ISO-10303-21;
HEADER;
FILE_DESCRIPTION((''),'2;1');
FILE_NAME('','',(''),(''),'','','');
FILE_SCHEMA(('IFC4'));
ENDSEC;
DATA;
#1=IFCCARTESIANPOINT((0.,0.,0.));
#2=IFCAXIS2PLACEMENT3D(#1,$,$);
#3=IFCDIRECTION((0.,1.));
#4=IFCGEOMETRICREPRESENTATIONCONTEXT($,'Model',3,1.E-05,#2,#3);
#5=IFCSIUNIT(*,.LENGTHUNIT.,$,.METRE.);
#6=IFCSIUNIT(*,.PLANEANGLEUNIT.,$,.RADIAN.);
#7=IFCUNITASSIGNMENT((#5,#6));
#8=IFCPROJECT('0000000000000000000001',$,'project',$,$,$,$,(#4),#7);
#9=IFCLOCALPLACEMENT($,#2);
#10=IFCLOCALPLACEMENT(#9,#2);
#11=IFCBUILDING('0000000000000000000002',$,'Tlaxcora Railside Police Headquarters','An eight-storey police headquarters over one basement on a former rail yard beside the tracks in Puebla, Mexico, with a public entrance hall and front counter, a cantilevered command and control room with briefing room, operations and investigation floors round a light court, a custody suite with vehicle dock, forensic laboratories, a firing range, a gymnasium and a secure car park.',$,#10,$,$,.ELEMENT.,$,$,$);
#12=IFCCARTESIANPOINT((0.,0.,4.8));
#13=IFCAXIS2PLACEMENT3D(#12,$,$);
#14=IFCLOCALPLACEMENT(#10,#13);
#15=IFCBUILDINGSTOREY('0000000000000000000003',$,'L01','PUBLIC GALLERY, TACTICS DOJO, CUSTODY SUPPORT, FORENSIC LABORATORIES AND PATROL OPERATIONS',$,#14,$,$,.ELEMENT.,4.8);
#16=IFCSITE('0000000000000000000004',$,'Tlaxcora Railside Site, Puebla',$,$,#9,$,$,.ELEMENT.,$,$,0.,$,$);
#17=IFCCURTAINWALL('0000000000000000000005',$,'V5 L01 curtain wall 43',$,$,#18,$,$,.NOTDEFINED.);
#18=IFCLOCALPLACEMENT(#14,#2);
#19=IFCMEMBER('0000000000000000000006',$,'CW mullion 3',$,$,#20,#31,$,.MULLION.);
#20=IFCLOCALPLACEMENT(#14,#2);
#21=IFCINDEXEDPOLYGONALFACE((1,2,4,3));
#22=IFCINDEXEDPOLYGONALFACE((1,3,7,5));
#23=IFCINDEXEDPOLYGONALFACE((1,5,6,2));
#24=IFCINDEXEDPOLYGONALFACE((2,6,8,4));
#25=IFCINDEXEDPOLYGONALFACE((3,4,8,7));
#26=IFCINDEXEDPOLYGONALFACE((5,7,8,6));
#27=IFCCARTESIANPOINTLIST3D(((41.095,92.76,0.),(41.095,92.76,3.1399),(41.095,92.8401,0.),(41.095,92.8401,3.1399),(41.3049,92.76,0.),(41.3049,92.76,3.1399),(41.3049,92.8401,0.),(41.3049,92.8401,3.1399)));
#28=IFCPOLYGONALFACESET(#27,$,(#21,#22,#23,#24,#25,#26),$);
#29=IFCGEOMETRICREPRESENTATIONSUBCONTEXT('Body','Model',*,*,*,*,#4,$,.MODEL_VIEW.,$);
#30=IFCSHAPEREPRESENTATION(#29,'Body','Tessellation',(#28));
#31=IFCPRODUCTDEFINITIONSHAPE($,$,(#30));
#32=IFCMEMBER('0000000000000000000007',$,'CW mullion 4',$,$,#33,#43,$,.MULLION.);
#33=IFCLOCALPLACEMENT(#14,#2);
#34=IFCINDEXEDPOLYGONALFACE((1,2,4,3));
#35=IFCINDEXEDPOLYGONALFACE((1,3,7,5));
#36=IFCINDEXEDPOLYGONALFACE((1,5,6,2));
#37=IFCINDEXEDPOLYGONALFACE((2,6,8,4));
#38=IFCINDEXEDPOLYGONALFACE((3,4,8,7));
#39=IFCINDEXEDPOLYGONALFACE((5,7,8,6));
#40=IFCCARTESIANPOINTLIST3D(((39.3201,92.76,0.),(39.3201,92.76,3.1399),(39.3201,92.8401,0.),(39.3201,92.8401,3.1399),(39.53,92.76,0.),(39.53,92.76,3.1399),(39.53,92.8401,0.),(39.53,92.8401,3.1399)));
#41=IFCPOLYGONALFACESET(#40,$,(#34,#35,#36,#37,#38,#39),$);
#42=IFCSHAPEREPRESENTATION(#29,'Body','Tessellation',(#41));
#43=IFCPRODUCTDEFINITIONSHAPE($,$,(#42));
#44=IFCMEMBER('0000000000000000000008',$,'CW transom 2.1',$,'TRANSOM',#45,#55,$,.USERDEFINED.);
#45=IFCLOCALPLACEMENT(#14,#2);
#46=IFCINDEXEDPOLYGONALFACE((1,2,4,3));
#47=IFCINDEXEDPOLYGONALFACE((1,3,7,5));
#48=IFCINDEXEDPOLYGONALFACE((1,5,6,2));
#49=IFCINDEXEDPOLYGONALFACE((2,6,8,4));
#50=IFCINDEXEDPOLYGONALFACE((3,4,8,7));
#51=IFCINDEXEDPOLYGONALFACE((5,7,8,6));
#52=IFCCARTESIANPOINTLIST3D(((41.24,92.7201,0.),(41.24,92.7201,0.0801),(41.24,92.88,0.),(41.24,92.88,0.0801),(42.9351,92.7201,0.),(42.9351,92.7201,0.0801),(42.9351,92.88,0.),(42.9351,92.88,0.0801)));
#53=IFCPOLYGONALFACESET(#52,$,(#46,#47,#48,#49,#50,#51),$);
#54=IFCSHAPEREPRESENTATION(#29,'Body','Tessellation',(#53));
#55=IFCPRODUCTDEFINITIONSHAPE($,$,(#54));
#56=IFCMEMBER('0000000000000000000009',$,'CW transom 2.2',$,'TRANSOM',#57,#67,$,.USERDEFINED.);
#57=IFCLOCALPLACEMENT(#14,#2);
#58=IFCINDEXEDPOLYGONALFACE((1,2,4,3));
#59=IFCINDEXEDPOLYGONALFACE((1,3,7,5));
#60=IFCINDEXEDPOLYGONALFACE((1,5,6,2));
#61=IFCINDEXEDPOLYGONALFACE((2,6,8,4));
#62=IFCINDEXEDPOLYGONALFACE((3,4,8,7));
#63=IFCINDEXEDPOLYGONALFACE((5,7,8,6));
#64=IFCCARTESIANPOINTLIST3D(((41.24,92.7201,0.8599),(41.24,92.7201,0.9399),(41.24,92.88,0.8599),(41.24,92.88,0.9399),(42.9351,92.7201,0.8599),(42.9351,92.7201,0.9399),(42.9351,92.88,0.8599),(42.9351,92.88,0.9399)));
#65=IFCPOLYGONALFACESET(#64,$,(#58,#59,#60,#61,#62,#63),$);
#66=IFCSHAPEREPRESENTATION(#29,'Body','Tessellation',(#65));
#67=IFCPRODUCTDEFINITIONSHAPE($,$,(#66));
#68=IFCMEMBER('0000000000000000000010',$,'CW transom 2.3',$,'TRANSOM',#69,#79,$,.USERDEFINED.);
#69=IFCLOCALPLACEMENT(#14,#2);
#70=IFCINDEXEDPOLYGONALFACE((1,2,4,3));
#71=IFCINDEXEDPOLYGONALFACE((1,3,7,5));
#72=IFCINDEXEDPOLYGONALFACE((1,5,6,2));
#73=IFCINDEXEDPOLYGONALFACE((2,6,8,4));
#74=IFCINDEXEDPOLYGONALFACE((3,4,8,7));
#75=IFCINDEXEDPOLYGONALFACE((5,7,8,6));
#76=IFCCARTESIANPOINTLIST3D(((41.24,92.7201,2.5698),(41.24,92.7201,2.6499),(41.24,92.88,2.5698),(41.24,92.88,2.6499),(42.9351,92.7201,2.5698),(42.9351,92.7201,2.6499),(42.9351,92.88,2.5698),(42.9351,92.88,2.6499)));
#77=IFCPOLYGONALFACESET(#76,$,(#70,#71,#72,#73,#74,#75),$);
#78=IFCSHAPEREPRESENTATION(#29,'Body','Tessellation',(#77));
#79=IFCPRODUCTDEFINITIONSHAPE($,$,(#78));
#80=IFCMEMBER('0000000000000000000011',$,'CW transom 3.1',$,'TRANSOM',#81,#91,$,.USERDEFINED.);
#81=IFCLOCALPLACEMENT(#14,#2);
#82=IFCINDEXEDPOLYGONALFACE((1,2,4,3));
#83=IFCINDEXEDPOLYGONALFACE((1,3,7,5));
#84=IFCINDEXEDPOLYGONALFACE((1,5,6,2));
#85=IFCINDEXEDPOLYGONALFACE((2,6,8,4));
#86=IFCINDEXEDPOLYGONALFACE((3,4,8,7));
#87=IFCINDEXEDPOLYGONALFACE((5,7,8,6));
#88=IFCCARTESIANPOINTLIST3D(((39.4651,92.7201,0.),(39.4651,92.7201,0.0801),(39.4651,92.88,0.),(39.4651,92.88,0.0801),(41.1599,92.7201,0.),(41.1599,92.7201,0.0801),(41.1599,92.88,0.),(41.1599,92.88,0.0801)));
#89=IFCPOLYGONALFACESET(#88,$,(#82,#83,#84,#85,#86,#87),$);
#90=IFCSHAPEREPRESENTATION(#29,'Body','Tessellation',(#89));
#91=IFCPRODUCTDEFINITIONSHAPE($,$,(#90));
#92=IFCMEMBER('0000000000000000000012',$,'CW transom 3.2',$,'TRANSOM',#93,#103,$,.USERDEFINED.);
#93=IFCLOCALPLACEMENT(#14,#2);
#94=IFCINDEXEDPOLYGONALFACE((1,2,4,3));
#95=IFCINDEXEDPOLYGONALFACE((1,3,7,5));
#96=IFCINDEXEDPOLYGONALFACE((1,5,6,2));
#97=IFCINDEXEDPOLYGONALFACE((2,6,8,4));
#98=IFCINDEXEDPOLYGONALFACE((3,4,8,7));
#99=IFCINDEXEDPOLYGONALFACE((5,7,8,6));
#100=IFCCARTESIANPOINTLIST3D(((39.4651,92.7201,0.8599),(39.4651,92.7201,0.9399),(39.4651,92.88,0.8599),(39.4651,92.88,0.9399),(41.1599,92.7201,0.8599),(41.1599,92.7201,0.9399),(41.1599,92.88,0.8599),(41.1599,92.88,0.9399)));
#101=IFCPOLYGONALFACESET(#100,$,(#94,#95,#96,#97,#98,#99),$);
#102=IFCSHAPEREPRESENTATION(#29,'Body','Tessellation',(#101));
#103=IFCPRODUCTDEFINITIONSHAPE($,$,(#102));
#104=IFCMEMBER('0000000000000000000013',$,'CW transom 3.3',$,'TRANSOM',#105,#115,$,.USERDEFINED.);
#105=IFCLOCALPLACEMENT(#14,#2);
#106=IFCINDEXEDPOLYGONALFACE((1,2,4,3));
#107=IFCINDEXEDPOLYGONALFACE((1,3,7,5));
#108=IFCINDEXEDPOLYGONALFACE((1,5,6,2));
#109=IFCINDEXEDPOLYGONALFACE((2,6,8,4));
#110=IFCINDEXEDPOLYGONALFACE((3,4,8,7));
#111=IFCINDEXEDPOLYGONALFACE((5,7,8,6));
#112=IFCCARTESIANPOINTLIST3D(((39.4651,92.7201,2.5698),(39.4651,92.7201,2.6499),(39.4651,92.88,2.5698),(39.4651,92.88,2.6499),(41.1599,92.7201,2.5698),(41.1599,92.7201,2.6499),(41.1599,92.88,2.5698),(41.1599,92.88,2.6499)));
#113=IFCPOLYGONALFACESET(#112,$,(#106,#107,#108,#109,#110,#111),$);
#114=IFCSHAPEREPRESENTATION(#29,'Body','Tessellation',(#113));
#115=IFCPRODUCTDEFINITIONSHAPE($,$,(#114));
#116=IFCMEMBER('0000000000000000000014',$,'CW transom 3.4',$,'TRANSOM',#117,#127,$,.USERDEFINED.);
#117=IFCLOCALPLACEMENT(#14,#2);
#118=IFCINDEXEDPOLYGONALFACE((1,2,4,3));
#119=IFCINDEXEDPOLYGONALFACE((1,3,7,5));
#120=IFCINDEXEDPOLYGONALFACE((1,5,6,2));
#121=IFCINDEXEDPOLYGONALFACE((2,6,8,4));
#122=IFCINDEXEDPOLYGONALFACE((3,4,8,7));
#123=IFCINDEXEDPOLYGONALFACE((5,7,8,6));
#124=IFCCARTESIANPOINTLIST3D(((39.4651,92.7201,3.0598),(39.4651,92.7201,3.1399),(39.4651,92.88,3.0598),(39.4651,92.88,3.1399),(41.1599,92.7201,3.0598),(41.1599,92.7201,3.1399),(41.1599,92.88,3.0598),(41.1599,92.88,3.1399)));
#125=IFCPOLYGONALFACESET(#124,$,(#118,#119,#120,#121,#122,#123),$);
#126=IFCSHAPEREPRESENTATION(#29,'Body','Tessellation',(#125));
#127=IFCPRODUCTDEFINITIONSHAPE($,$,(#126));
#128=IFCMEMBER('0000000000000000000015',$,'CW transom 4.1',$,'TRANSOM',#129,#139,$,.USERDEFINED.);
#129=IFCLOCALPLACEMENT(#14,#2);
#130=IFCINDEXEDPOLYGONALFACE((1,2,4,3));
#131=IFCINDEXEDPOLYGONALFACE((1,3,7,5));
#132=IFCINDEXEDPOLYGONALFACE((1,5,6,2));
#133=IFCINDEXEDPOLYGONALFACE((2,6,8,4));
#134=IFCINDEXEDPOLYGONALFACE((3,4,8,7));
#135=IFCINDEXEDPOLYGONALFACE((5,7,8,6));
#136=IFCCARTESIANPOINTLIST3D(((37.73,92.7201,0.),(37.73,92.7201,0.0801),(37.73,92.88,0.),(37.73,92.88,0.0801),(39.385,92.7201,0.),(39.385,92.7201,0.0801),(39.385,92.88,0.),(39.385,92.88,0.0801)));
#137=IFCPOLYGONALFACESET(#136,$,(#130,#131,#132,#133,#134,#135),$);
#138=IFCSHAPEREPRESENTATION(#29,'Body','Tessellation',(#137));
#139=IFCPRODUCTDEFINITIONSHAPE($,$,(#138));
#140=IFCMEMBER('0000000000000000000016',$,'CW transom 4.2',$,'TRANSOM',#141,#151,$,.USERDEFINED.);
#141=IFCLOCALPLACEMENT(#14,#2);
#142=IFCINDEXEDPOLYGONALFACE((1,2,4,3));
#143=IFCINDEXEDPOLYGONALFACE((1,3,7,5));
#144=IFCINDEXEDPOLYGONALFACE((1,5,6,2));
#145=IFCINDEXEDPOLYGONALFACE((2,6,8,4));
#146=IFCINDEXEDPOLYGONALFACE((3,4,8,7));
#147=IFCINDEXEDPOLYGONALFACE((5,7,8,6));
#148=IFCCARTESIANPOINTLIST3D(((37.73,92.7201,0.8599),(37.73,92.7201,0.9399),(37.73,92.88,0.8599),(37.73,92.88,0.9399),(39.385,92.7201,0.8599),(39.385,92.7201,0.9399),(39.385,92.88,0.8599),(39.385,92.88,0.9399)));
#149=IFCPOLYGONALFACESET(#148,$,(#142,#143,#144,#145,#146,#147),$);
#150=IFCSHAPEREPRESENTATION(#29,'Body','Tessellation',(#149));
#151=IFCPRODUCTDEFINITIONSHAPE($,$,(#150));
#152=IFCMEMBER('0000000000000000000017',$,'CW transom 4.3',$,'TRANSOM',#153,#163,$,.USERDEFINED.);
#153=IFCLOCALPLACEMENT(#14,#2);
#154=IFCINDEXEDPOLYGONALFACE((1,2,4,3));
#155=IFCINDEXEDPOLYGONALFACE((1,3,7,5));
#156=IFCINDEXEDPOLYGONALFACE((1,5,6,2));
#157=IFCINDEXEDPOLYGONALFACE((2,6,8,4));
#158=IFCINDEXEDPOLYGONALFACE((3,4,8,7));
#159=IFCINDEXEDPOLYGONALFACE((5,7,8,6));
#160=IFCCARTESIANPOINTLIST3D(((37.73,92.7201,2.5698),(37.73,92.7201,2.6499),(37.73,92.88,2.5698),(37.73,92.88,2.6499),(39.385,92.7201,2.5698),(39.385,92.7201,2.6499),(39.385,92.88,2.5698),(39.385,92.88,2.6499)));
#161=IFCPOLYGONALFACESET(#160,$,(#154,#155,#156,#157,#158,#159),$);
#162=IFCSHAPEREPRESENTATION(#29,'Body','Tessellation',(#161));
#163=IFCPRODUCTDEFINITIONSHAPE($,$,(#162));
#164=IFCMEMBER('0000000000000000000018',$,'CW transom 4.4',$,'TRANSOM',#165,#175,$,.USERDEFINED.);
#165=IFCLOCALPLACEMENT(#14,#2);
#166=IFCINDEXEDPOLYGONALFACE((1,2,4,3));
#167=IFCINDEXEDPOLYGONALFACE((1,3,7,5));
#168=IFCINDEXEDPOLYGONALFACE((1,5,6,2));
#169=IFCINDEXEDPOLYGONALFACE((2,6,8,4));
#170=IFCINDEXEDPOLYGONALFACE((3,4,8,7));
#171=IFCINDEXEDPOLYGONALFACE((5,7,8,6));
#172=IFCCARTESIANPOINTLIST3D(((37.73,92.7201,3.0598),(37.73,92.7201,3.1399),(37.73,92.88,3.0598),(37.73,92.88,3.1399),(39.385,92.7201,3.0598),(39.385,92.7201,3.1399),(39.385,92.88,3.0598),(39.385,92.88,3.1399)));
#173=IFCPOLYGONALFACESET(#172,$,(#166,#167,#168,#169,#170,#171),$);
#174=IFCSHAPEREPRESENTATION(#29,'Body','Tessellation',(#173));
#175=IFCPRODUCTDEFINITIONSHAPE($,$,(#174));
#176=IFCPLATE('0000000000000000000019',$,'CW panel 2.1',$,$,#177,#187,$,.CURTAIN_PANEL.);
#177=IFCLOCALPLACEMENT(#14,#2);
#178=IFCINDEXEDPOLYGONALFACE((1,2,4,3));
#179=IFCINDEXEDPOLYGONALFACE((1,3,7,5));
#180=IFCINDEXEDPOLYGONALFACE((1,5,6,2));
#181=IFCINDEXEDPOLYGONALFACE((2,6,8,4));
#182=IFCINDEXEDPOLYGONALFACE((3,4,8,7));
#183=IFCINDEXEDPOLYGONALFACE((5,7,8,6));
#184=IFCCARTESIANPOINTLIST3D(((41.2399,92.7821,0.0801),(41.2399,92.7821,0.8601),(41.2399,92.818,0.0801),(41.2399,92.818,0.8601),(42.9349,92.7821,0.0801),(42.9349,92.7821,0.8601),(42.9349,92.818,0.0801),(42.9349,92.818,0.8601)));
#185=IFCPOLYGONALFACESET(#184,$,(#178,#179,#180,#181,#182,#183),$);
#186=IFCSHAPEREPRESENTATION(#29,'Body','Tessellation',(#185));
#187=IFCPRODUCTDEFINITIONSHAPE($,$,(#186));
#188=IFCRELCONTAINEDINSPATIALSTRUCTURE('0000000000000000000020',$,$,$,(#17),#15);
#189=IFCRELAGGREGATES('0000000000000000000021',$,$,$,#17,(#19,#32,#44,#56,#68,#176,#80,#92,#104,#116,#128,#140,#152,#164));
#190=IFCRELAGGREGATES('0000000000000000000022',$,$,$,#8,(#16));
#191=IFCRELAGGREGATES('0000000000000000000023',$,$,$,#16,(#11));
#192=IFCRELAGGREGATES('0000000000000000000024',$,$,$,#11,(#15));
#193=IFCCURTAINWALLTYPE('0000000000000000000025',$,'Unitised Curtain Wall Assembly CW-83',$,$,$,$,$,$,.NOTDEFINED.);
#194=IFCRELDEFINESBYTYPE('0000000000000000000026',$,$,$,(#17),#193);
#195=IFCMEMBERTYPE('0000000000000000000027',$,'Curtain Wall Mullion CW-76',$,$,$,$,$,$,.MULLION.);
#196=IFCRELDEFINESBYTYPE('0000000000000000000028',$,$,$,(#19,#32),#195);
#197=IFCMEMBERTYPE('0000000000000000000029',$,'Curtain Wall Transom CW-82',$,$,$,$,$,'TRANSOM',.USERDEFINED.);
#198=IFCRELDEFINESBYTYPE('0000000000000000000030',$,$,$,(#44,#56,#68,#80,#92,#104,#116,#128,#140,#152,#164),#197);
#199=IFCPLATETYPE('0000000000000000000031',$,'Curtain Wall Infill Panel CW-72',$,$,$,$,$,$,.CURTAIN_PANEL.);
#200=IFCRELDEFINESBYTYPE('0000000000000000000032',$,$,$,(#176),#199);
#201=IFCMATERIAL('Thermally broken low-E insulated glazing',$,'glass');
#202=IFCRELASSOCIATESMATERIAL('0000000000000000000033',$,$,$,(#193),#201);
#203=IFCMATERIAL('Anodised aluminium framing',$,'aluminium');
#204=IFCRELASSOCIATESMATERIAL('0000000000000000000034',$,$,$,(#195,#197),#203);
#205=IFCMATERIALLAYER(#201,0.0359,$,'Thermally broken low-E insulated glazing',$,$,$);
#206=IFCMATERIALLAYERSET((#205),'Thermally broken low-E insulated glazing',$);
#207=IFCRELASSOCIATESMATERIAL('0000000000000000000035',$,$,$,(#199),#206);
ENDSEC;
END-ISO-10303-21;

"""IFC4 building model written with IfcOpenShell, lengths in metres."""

from ifc_helpers import new_model, si_unit, direction, frame, origin, origin_2d, place, context, subcontext, project, spatial, rectangle, extrude, material, layer, layer_set, material_profile, profile_set, type_object, element, aggregate, save


model = new_model("IFC4")

# Units and contexts
model_context = context("Model", 3, precision=1e-05, world=origin(), true_north=direction((0.0, 1.0)))
body_context = subcontext(model_context, "Body", "Model", "MODEL_VIEW")
ifc_project = project(units=[si_unit("LENGTHUNIT", "METRE"), si_unit("PLANEANGLEUNIT", "RADIAN")], contexts=[model_context])

# Site, building, storey
site_placement = place(None, origin())
site = spatial("IfcSite", under=ifc_project, at=site_placement, Name="Tlaxcora Railside Site, Puebla", CompositionType="ELEMENT", RefElevation=0.0)
building_placement = place(site_placement, origin())
building = spatial("IfcBuilding", under=site, at=building_placement, Name="Tlaxcora Railside Police Headquarters", Description="An eight-storey police headquarters over one basement on a former rail yard beside the tracks in Puebla, Mexico, with a public entrance hall and front counter, a cantilevered command and control room with briefing room, operations and investigation floors round a light court, a custody suite with vehicle dock, forensic laboratories, a firing range, a gymnasium and a secure car park.", CompositionType="ELEMENT")
storey_placement = place(building_placement, frame((0.0, 0.0, 4.8)))
storey = spatial("IfcBuildingStorey", under=building, at=storey_placement, Name="L01", Description="PUBLIC GALLERY, TACTICS DOJO, CUSTODY SUPPORT, FORENSIC LABORATORIES AND PATROL OPERATIONS", CompositionType="ELEMENT", Elevation=4.8)

# Curtain wall, members, plate
ifc_material_1 = material(Name="Thermally broken low-E insulated glazing", Category="glass")
curtain_wall_type = type_object("IfcCurtainWallType", Name="Unitised Curtain Wall Assembly CW-83", PredefinedType="NOTDEFINED", material=ifc_material_1)
curtain_wall_placement = place(storey_placement, origin())
curtain_wall = element("IfcCurtainWall", 1, at=curtain_wall_placement, inside=storey, type_object=curtain_wall_type, Name="V5 L01 curtain wall 43", PredefinedType="NOTDEFINED")
ifc_material_2 = material(Name="Anodised aluminium framing", Category="aluminium")
ifc_material_profile_1 = material_profile(ifc_material_2, rectangle(XDim=0.0801, YDim=0.21, at=origin_2d()), Name="AL80X210")
ifc_profile_set_1 = profile_set([ifc_material_profile_1], Name="Anodised aluminium framing")
member_type_1 = type_object("IfcMemberType", Name="Curtain Wall Mullion CW-76", PredefinedType="MULLION", material=ifc_profile_set_1)
member_1_placement = place(storey_placement, frame((41.2, 92.8, 0.0), z_axis=(0.0, 0.0, 1.0), x_axis=(0.0, -1.0, 0.0)))
member_1 = element("IfcMember", 2, at=member_1_placement, type_object=member_type_1, Name="CW mullion 3", PredefinedType="MULLION", context=body_context, shape_type="SweptSolid", body=[
    extrude(rectangle(XDim=0.0801, YDim=0.21, at=origin_2d()), origin(), (0.0, 0.0, 1.0), 3.1399),
])
member_2_placement = place(storey_placement, frame((39.425, 92.8, 0.0), z_axis=(0.0, 0.0, 1.0), x_axis=(0.0, -1.0, 0.0)))
member_2 = element("IfcMember", 3, at=member_2_placement, type_object=member_type_1, Name="CW mullion 4", PredefinedType="MULLION", context=body_context, shape_type="SweptSolid", body=[
    extrude(rectangle(XDim=0.0801, YDim=0.21, at=origin_2d()), origin(), (0.0, 0.0, 1.0), 3.1399),
])
ifc_material_profile_2 = material_profile(ifc_material_2, rectangle(XDim=0.1599, YDim=0.0801, at=origin_2d()), Name="AL80X160")
ifc_profile_set_2 = profile_set([ifc_material_profile_2], Name="Anodised aluminium framing")
member_type_2 = type_object("IfcMemberType", Name="Curtain Wall Transom CW-82", ElementType="TRANSOM", PredefinedType="USERDEFINED", material=ifc_profile_set_2)
member_3_placement = place(storey_placement, frame((42.9351, 92.8, 0.04), z_axis=(-1.0, 0.0, 0.0), x_axis=(0.0, -1.0, 0.0)))
member_3 = element("IfcMember", 4, at=member_3_placement, type_object=member_type_2, Name="CW transom 2.1", ObjectType="TRANSOM", PredefinedType="USERDEFINED", context=body_context, shape_type="SweptSolid", body=[
    extrude(rectangle(XDim=0.1599, YDim=0.0801, at=origin_2d()), origin(), (0.0, 0.0, 1.0), 1.6951),
])
member_4_placement = place(storey_placement, frame((42.9351, 92.8, 0.8999), z_axis=(-1.0, 0.0, 0.0), x_axis=(0.0, -1.0, 0.0)))
member_4 = element("IfcMember", 5, at=member_4_placement, type_object=member_type_2, Name="CW transom 2.2", ObjectType="TRANSOM", PredefinedType="USERDEFINED", context=body_context, shape_type="SweptSolid", body=[
    extrude(rectangle(XDim=0.1599, YDim=0.0801, at=origin_2d()), origin(), (0.0, 0.0, 1.0), 1.6951),
])
member_5_placement = place(storey_placement, frame((42.9351, 92.8, 2.6099), z_axis=(-1.0, 0.0, 0.0), x_axis=(0.0, -1.0, 0.0)))
member_5 = element("IfcMember", 6, at=member_5_placement, type_object=member_type_2, Name="CW transom 2.3", ObjectType="TRANSOM", PredefinedType="USERDEFINED", context=body_context, shape_type="SweptSolid", body=[
    extrude(rectangle(XDim=0.1599, YDim=0.0801, at=origin_2d()), origin(), (0.0, 0.0, 1.0), 1.6951),
])
member_6_placement = place(storey_placement, frame((41.1599, 92.8, 0.04), z_axis=(-1.0, 0.0, 0.0), x_axis=(0.0, -1.0, 0.0)))
member_6 = element("IfcMember", 7, at=member_6_placement, type_object=member_type_2, Name="CW transom 3.1", ObjectType="TRANSOM", PredefinedType="USERDEFINED", context=body_context, shape_type="SweptSolid", body=[
    extrude(rectangle(XDim=0.1599, YDim=0.0801, at=origin_2d()), origin(), (0.0, 0.0, 1.0), 1.6948),
])
member_7_placement = place(storey_placement, frame((41.1599, 92.8, 0.8999), z_axis=(-1.0, 0.0, 0.0), x_axis=(0.0, -1.0, 0.0)))
member_7 = element("IfcMember", 8, at=member_7_placement, type_object=member_type_2, Name="CW transom 3.2", ObjectType="TRANSOM", PredefinedType="USERDEFINED", context=body_context, shape_type="SweptSolid", body=[
    extrude(rectangle(XDim=0.1599, YDim=0.0801, at=origin_2d()), origin(), (0.0, 0.0, 1.0), 1.6948),
])
member_8_placement = place(storey_placement, frame((41.1599, 92.8, 2.6099), z_axis=(-1.0, 0.0, 0.0), x_axis=(0.0, -1.0, 0.0)))
member_8 = element("IfcMember", 9, at=member_8_placement, type_object=member_type_2, Name="CW transom 3.3", ObjectType="TRANSOM", PredefinedType="USERDEFINED", context=body_context, shape_type="SweptSolid", body=[
    extrude(rectangle(XDim=0.1599, YDim=0.0801, at=origin_2d()), origin(), (0.0, 0.0, 1.0), 1.6948),
])
member_9_placement = place(storey_placement, frame((41.1599, 92.8, 3.0999), z_axis=(-1.0, 0.0, 0.0), x_axis=(0.0, -1.0, 0.0)))
member_9 = element("IfcMember", 10, at=member_9_placement, type_object=member_type_2, Name="CW transom 3.4", ObjectType="TRANSOM", PredefinedType="USERDEFINED", context=body_context, shape_type="SweptSolid", body=[
    extrude(rectangle(XDim=0.1599, YDim=0.0801, at=origin_2d()), origin(), (0.0, 0.0, 1.0), 1.6948),
])
member_10_placement = place(storey_placement, frame((39.385, 92.8, 0.04), z_axis=(-1.0, 0.0, 0.0), x_axis=(0.0, -1.0, 0.0)))
member_10 = element("IfcMember", 11, at=member_10_placement, type_object=member_type_2, Name="CW transom 4.1", ObjectType="TRANSOM", PredefinedType="USERDEFINED", context=body_context, shape_type="SweptSolid", body=[
    extrude(rectangle(XDim=0.1599, YDim=0.0801, at=origin_2d()), origin(), (0.0, 0.0, 1.0), 1.655),
])
member_11_placement = place(storey_placement, frame((39.385, 92.8, 0.8999), z_axis=(-1.0, 0.0, 0.0), x_axis=(0.0, -1.0, 0.0)))
member_11 = element("IfcMember", 12, at=member_11_placement, type_object=member_type_2, Name="CW transom 4.2", ObjectType="TRANSOM", PredefinedType="USERDEFINED", context=body_context, shape_type="SweptSolid", body=[
    extrude(rectangle(XDim=0.1599, YDim=0.0801, at=origin_2d()), origin(), (0.0, 0.0, 1.0), 1.655),
])
member_12_placement = place(storey_placement, frame((39.385, 92.8, 2.6099), z_axis=(-1.0, 0.0, 0.0), x_axis=(0.0, -1.0, 0.0)))
member_12 = element("IfcMember", 13, at=member_12_placement, type_object=member_type_2, Name="CW transom 4.3", ObjectType="TRANSOM", PredefinedType="USERDEFINED", context=body_context, shape_type="SweptSolid", body=[
    extrude(rectangle(XDim=0.1599, YDim=0.0801, at=origin_2d()), origin(), (0.0, 0.0, 1.0), 1.655),
])
member_13_placement = place(storey_placement, frame((39.385, 92.8, 3.0999), z_axis=(-1.0, 0.0, 0.0), x_axis=(0.0, -1.0, 0.0)))
member_13 = element("IfcMember", 14, at=member_13_placement, type_object=member_type_2, Name="CW transom 4.4", ObjectType="TRANSOM", PredefinedType="USERDEFINED", context=body_context, shape_type="SweptSolid", body=[
    extrude(rectangle(XDim=0.1599, YDim=0.0801, at=origin_2d()), origin(), (0.0, 0.0, 1.0), 1.655),
])
ifc_layer = layer(ifc_material_1, 0.0359, Name="Thermally broken low-E insulated glazing")
ifc_layer_set = layer_set([ifc_layer], Name="Thermally broken low-E insulated glazing")
plate_type = type_object("IfcPlateType", Name="Curtain Wall Infill Panel CW-72", PredefinedType="CURTAIN_PANEL", material=ifc_layer_set)
plate_1_placement = place(storey_placement, frame((42.0874, 92.8, 0.0801), z_axis=(0.0, 0.0, 1.0), x_axis=(-1.0, 0.0, 0.0)))
plate_1 = element("IfcPlate", 15, at=plate_1_placement, type_object=plate_type, Name="CW panel 2.1", PredefinedType="CURTAIN_PANEL", context=body_context, shape_type="SweptSolid", body=[
    extrude(rectangle(XDim=1.6951, YDim=0.0359, at=origin_2d()), origin(), (0.0, 0.0, 1.0), 0.78),
])
aggregate(curtain_wall, [member_1, member_2, member_3, member_4, member_5, plate_1, member_6, member_7, member_8, member_9, member_10, member_11, member_12, member_13])

save(model, "model.ifc")
